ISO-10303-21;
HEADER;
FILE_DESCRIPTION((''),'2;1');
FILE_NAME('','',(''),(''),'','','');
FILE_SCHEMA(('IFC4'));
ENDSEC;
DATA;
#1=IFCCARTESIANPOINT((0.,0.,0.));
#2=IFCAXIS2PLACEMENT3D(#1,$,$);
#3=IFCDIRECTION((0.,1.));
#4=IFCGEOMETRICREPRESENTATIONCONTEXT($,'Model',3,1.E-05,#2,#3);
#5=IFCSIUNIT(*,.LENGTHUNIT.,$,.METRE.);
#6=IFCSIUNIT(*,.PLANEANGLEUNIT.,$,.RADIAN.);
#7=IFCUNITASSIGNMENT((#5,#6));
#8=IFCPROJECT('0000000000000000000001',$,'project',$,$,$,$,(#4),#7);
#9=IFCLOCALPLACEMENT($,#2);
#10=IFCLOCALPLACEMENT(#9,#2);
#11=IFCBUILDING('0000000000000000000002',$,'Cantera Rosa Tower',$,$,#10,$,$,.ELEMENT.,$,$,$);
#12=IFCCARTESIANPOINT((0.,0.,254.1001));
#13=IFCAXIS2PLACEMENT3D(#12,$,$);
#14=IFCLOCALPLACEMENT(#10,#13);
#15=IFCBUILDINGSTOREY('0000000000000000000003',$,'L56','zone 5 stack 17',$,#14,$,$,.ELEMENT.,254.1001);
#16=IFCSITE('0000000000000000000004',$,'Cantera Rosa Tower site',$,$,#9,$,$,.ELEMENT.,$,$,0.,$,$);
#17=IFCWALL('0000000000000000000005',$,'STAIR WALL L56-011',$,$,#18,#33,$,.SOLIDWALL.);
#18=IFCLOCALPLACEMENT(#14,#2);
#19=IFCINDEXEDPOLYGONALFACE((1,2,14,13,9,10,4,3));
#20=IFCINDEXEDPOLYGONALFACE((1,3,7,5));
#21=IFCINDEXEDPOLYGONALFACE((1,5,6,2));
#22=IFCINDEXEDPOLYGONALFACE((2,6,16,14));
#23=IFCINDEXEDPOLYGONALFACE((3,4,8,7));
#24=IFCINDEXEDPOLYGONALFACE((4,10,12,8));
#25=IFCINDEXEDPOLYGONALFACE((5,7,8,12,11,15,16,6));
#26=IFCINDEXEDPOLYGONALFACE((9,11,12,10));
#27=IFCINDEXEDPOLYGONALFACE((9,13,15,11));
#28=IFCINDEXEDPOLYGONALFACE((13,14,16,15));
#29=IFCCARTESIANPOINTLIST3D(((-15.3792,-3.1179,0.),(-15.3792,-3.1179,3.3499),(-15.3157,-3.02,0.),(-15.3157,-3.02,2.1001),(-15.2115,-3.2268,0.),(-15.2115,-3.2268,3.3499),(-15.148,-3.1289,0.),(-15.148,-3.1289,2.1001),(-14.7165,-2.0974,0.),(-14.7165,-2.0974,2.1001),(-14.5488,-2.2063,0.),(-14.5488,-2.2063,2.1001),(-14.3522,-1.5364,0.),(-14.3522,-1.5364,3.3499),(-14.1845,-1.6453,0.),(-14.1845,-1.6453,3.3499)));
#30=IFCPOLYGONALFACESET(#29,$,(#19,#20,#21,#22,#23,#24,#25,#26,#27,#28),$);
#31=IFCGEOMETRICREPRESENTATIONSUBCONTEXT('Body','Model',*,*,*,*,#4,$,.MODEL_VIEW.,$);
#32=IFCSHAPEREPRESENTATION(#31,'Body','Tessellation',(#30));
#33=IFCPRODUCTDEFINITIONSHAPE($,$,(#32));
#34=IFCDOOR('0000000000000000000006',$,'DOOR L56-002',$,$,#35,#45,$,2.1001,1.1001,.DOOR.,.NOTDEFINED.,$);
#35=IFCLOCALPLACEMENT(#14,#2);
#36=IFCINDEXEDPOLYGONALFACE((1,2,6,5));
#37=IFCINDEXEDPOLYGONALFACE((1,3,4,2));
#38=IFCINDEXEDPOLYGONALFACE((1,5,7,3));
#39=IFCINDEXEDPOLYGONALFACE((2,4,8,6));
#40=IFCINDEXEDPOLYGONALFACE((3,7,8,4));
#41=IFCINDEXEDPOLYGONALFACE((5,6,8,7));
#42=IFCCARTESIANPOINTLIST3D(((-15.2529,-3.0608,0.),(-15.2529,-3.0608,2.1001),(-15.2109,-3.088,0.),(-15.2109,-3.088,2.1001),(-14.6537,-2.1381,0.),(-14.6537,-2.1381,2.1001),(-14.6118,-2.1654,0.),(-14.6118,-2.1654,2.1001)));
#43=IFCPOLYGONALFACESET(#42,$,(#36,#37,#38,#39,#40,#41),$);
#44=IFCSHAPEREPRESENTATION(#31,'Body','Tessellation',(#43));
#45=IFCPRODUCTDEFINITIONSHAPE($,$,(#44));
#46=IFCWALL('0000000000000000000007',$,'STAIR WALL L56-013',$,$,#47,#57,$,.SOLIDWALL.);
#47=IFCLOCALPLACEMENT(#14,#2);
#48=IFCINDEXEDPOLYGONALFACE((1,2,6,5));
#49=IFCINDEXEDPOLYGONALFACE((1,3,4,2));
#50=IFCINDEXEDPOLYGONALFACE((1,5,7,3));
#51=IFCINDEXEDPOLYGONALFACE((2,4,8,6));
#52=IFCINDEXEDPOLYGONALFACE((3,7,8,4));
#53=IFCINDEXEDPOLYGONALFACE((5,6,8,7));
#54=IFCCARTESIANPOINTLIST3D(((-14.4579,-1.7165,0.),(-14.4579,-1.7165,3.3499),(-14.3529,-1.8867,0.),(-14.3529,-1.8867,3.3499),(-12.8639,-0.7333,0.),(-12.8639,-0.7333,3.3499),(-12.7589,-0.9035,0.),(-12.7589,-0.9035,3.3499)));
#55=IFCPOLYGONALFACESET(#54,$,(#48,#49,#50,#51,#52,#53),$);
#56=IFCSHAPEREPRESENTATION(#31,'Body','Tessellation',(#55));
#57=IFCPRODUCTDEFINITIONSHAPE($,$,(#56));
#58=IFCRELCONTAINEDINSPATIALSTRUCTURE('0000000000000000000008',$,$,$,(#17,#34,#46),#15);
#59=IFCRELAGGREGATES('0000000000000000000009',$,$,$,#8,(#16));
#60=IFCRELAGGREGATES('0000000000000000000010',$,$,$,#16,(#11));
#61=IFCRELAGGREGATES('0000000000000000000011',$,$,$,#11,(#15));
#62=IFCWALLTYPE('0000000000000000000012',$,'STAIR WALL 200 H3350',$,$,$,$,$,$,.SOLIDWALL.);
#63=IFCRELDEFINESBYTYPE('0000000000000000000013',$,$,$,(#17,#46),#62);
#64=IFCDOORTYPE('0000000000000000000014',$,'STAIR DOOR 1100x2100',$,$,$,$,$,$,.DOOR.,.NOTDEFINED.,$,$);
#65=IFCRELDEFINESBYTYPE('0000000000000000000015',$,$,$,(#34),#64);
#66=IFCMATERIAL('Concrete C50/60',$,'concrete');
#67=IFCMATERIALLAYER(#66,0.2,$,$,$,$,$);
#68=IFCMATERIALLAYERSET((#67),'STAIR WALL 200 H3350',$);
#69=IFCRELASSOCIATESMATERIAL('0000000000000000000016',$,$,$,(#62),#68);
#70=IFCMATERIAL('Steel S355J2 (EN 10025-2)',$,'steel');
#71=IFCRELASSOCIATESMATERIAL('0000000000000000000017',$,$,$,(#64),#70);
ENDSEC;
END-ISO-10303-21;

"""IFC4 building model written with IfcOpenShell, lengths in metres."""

from ifc_helpers import new_model, si_unit, direction, frame, frame_2d, origin, place, context, subcontext, project, spatial, rectangle, extrude, material, layer, layer_set, type_object, element, fill, save


model = new_model("IFC4")

# Units and contexts
model_context = context("Model", 3, precision=1e-05, world=origin(), true_north=direction((0.0, 1.0)))
body_context = subcontext(model_context, "Body", "Model", "MODEL_VIEW")
ifc_project = project(units=[si_unit("LENGTHUNIT", "METRE"), si_unit("PLANEANGLEUNIT", "RADIAN")], contexts=[model_context])

# Site, building, storey
site_placement = place(None, origin())
site = spatial("IfcSite", under=ifc_project, at=site_placement, Name="Cantera Rosa Tower site", CompositionType="ELEMENT", RefElevation=0.0)
building_placement = place(site_placement, origin())
building = spatial("IfcBuilding", under=site, at=building_placement, Name="Cantera Rosa Tower", CompositionType="ELEMENT")
storey_placement = place(building_placement, frame((0.0, 0.0, 254.1001)))
storey = spatial("IfcBuildingStorey", under=building, at=storey_placement, Name="L56", Description="zone 5 stack 17", CompositionType="ELEMENT", Elevation=254.1001)

# Shared definitions
ifc_material_1 = material(Name="Concrete C50/60", Category="concrete")
ifc_layer_1 = layer(ifc_material_1, 0.2)
ifc_layer_set_1 = layer_set([ifc_layer_1], Name="STAIR WALL 200 H3350")
wall_type_1 = type_object("IfcWallType", Name="STAIR WALL 200 H3350", PredefinedType="SOLIDWALL", material=ifc_layer_set_1)

# Wall, opening, door
wall_1_placement = place(storey_placement, frame((-14.2683, -1.5908, 0.0), z_axis=(0.0, 0.0, 1.0), x_axis=(-0.544652, -0.838662, 0.0)))
wall_1 = element("IfcWall", 1, at=wall_1_placement, inside=storey, type_object=wall_type_1, Name="STAIR WALL L56-011", PredefinedType="SOLIDWALL", context=body_context, shape_type="SweptSolid", body=[
    extrude(rectangle(XDim=1.8857, YDim=0.2, at=frame_2d((0.9429, 0.0))), origin(), (0.0, 0.0, 1.0), 3.3499),
])
opening_1_placement = place(wall_1_placement, frame((0.6689, 0.0, 0.0)))
opening_1 = element("IfcOpeningElement", 2, at=opening_1_placement, cuts=wall_1, PredefinedType="OPENING", context=body_context, shape_type="SweptSolid", body=[
    extrude(rectangle(XDim=1.1001, YDim=2.1001, at=frame_2d((0.55, 1.05))), frame((0.0, 0.1099, 0.0), z_axis=(0.0, -1.0, 0.0), x_axis=(1.0, 0.0, 0.0)), (0.0, 0.0, 1.0), 0.22),
])
ifc_material_2 = material(Name="Steel S355J2 (EN 10025-2)", Category="steel")
door_type_1 = type_object("IfcDoorType", Name="STAIR DOOR 1100x2100", OperationType="NOTDEFINED", PredefinedType="DOOR", material=ifc_material_2)
door_1_placement = place(opening_1_placement, origin())
door_1 = element("IfcDoor", 3, at=door_1_placement, inside=storey, type_object=door_type_1, Name="DOOR L56-002", OperationType="NOTDEFINED", OverallHeight=2.1001, OverallWidth=1.1001, PredefinedType="DOOR", context=body_context, shape_type="SweptSolid", body=[
    extrude(rectangle(XDim=1.1001, YDim=2.1001, at=frame_2d((0.55, 1.05))), frame((0.0, 0.0249, 0.0), z_axis=(0.0, -1.0, 0.0), x_axis=(1.0, 0.0, 0.0)), (0.0, 0.0, 1.0), 0.05),
])
fill(opening_1, door_1)

# Wall
wall_2_placement = place(storey_placement, frame((-12.8113, -0.8184, 0.0), z_axis=(0.0, 0.0, 1.0), x_axis=(-0.851125, -0.524963, 0.0)))
element("IfcWall", 4, at=wall_2_placement, inside=storey, type_object=wall_type_1, Name="STAIR WALL L56-013", PredefinedType="SOLIDWALL", context=body_context, shape_type="SweptSolid", body=[
    extrude(rectangle(XDim=1.8728, YDim=0.2, at=frame_2d((0.9365, 0.0))), origin(), (0.0, 0.0, 1.0), 3.3499),
])

save(model, "model.ifc")
